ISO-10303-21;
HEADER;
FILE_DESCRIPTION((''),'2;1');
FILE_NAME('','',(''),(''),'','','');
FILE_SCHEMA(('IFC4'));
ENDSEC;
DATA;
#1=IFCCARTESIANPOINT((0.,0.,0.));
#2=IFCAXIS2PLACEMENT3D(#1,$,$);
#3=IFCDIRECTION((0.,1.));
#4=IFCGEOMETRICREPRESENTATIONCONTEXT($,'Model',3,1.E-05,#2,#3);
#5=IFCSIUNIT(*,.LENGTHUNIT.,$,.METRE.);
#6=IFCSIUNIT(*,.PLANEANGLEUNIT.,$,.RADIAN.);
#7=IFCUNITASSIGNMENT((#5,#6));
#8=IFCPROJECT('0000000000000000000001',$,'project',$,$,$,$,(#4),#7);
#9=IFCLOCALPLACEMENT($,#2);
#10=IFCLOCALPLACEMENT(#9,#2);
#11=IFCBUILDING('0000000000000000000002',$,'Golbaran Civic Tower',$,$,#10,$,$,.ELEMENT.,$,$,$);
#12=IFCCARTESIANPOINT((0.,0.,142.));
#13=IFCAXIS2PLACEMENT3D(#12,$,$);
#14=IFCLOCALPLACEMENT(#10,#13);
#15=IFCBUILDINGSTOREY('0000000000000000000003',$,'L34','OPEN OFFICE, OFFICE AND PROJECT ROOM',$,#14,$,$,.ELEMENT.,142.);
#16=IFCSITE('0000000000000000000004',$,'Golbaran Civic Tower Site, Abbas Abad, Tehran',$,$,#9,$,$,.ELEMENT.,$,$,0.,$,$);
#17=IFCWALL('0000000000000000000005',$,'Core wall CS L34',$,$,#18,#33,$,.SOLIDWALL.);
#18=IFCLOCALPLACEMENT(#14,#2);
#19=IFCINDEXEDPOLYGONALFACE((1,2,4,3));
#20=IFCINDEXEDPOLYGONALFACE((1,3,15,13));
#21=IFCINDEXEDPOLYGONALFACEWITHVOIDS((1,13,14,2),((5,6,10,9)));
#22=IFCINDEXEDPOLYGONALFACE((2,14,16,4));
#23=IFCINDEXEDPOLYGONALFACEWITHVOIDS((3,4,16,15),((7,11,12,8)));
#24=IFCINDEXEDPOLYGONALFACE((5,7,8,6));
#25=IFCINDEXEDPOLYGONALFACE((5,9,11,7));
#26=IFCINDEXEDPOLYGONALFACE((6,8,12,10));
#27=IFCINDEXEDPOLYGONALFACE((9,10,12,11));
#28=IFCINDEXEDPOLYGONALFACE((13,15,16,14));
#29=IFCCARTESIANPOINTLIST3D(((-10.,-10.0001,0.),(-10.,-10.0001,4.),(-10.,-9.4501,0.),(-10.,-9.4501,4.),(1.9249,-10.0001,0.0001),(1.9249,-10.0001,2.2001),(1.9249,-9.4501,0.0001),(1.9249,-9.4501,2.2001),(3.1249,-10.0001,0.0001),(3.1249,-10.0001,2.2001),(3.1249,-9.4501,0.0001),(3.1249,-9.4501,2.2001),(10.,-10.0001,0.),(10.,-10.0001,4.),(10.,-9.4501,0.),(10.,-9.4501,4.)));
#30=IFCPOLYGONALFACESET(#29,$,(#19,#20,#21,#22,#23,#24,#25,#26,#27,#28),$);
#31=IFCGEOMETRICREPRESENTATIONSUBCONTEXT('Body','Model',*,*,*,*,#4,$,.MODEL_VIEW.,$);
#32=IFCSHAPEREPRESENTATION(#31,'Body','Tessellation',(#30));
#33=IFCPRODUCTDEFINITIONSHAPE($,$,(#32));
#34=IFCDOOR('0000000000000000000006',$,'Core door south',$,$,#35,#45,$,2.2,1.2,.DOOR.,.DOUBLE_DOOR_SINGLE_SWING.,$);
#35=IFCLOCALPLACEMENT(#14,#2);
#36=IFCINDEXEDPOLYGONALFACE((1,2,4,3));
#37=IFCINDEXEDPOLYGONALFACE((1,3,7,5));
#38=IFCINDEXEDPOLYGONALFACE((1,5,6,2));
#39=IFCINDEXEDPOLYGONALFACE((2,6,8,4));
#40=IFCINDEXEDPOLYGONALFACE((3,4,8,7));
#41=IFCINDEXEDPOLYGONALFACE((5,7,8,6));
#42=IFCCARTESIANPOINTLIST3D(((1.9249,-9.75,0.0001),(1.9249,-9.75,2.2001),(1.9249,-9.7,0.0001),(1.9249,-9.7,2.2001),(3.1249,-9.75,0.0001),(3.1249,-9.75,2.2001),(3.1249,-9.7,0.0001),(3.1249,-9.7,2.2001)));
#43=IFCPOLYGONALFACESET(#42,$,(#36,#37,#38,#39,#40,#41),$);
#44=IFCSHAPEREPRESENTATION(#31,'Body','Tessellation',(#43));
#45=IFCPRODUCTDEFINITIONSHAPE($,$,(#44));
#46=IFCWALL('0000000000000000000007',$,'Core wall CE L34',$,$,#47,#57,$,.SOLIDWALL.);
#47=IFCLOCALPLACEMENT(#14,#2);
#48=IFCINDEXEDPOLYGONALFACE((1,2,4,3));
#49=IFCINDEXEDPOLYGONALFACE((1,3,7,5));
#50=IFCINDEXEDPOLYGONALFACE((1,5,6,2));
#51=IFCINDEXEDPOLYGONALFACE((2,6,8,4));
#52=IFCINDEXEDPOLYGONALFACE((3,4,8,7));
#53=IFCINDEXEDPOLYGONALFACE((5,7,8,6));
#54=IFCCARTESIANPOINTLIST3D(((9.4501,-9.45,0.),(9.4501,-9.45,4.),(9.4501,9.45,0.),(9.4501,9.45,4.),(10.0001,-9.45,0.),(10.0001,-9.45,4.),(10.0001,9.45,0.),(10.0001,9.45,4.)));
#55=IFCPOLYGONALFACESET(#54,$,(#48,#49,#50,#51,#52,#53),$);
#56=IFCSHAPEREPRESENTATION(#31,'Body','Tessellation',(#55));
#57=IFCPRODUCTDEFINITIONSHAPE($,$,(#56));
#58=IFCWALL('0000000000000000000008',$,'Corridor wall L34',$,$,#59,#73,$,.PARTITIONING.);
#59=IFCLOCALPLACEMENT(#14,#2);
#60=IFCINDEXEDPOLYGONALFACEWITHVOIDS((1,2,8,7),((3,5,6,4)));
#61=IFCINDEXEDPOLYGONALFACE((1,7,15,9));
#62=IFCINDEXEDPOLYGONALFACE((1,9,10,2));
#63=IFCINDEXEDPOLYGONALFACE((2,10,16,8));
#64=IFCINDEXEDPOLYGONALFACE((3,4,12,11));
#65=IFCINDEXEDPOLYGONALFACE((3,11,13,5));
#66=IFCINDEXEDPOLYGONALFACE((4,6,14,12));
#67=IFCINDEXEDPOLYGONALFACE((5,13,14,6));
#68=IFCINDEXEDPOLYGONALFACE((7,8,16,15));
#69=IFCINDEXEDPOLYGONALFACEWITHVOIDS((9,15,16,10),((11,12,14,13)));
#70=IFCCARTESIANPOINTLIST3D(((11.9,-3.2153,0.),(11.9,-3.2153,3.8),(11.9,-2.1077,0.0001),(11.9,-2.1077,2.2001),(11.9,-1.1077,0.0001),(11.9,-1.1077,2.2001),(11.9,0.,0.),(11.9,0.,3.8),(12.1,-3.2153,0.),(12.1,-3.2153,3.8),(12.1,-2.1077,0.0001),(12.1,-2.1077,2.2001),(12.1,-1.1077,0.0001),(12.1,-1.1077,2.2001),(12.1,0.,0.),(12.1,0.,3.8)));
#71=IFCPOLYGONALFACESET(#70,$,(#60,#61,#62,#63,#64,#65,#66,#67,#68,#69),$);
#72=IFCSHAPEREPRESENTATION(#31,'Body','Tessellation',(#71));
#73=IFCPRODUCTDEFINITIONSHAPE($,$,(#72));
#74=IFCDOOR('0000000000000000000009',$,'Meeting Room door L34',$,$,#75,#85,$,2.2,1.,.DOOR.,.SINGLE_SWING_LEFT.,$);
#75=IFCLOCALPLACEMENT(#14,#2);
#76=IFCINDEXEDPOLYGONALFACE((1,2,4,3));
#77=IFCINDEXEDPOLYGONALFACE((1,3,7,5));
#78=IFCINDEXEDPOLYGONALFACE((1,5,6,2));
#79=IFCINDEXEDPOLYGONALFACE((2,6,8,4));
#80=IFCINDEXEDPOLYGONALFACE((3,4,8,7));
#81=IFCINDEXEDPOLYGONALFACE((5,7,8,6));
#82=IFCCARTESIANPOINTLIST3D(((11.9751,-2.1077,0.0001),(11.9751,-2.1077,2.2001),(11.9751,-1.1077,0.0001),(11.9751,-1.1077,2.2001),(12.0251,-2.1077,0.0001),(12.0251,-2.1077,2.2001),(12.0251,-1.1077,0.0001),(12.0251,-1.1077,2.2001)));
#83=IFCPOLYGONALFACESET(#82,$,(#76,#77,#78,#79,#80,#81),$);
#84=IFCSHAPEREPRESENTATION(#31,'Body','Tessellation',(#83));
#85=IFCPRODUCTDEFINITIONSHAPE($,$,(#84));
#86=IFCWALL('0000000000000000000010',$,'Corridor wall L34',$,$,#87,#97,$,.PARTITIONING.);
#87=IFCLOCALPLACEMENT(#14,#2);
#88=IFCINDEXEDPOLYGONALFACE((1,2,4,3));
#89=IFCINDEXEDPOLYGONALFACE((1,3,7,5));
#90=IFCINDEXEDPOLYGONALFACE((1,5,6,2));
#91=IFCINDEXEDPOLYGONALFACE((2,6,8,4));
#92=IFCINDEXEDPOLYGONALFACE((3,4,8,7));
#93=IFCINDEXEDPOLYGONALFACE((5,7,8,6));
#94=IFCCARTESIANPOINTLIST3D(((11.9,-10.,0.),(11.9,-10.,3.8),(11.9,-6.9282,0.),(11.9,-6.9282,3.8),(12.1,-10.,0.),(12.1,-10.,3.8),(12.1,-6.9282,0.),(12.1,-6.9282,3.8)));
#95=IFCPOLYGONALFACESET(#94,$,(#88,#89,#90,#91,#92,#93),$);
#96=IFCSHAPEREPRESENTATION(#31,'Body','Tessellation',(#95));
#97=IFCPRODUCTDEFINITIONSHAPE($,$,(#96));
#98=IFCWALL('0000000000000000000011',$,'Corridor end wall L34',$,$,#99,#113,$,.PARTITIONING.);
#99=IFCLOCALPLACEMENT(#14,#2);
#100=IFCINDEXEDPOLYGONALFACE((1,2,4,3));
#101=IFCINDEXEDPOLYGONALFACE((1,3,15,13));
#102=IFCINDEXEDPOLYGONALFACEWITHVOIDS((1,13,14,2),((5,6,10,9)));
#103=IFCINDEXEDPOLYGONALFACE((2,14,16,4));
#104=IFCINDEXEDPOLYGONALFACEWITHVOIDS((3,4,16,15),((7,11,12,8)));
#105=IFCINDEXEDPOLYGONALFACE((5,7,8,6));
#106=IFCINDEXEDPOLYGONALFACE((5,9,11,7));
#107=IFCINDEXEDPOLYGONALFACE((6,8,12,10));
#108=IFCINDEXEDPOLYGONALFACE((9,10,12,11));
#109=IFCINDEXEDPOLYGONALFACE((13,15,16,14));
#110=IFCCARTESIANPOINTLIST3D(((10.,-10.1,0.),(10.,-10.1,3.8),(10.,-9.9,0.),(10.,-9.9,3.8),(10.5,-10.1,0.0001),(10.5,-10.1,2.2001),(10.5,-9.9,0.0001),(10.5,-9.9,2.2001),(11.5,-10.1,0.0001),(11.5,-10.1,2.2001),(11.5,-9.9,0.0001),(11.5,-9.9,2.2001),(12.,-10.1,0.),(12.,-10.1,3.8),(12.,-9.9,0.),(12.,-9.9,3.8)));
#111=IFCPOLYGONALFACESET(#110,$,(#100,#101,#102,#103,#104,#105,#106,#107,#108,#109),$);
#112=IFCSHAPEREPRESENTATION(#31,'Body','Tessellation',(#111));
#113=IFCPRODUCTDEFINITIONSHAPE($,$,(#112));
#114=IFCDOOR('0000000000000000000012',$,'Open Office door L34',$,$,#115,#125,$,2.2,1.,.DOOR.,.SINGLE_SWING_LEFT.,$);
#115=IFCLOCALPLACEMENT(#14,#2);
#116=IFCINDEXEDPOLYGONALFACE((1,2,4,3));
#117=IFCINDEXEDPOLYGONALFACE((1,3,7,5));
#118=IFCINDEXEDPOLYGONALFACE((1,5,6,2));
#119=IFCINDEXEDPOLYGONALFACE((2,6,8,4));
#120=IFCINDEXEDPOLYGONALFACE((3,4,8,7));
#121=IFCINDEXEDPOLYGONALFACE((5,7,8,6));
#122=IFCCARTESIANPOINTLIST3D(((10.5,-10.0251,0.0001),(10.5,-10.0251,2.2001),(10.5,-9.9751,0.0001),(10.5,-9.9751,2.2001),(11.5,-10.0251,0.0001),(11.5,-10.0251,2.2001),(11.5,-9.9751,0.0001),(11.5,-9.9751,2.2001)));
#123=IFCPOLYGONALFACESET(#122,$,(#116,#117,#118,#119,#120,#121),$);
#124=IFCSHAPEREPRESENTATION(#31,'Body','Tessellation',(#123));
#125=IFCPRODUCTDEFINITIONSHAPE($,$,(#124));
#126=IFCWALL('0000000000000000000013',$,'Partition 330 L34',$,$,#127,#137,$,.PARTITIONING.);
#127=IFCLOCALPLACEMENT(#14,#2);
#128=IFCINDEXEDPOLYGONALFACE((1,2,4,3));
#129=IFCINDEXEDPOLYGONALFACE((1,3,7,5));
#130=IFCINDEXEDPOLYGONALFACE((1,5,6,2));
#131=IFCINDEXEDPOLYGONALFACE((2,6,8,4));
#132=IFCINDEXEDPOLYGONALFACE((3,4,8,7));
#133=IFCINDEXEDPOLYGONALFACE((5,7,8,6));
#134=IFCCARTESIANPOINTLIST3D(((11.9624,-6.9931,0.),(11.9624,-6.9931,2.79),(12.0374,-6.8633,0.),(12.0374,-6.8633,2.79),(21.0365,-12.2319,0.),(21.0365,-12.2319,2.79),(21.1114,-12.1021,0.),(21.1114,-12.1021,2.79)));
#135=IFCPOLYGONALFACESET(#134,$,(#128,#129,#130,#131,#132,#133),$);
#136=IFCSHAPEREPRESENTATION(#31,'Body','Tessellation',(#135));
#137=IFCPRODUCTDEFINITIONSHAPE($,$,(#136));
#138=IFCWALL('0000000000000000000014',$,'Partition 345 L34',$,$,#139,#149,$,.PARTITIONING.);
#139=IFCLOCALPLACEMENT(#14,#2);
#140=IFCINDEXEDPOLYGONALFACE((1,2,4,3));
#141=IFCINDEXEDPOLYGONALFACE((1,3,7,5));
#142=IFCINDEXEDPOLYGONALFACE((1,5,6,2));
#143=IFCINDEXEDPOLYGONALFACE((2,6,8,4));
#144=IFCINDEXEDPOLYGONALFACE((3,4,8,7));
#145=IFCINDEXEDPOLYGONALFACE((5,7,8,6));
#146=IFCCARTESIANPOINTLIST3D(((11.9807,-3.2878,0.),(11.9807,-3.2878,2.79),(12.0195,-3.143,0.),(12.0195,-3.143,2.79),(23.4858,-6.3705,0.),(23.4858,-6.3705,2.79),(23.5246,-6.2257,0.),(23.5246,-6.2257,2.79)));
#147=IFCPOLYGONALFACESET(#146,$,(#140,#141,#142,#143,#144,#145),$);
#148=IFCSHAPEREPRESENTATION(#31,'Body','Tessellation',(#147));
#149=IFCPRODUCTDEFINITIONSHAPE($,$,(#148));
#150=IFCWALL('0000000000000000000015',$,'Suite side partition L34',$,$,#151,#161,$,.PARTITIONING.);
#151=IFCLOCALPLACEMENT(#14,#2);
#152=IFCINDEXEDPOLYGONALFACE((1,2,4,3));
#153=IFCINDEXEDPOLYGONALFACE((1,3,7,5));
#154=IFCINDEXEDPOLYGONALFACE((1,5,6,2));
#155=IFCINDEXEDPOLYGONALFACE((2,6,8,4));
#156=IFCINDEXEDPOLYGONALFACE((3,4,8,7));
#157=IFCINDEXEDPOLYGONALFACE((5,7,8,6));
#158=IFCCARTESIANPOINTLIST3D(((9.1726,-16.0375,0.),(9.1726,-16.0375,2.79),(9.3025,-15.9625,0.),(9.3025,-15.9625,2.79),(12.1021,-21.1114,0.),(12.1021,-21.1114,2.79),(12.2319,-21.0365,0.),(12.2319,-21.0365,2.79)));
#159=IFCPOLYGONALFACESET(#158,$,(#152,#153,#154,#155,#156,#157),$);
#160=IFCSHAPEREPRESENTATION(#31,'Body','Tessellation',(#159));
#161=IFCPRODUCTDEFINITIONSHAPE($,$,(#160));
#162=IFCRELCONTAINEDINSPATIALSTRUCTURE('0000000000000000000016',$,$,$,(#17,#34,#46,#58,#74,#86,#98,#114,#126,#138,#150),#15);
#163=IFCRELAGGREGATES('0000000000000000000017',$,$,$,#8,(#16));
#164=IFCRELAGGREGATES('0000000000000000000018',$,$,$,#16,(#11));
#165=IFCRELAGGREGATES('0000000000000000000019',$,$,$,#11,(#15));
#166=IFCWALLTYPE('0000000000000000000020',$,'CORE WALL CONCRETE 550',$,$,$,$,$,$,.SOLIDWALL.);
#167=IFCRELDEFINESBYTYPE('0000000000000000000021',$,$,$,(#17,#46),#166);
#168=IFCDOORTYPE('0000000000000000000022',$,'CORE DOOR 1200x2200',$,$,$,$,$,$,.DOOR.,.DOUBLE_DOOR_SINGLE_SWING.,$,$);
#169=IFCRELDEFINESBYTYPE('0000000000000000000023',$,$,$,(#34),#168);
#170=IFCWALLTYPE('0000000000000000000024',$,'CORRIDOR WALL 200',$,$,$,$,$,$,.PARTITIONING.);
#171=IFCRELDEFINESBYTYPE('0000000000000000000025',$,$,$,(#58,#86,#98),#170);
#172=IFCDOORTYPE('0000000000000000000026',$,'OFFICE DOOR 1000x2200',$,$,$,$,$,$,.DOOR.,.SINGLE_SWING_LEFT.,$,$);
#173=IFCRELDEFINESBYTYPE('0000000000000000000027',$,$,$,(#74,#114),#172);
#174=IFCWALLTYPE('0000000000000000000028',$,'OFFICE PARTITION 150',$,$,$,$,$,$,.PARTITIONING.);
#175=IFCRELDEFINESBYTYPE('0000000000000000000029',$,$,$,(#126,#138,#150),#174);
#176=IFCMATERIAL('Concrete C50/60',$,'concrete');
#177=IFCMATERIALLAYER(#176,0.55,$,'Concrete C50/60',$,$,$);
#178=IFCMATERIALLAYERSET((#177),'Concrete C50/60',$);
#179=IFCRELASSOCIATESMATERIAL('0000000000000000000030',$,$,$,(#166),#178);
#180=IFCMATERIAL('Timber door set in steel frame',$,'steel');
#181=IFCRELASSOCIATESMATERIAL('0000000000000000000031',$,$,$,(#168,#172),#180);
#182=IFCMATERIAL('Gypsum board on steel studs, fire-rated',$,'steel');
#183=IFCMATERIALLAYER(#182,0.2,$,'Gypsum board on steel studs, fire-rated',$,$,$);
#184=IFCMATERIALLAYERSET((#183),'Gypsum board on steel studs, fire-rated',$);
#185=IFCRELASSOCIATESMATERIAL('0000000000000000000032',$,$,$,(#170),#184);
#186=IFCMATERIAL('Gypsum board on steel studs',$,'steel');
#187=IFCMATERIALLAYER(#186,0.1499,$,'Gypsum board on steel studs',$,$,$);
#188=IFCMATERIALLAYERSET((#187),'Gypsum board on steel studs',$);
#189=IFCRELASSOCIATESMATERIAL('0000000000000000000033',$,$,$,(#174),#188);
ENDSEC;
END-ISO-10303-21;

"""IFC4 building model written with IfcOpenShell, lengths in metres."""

from ifc_helpers import new_model, si_unit, direction, frame, frame_2d, origin, place, context, subcontext, project, spatial, rectangle, extrude, material, layer, layer_set, type_object, element, fill, save


model = new_model("IFC4")

# Units and contexts
model_context = context("Model", 3, precision=1e-05, world=origin(), true_north=direction((0.0, 1.0)))
body_context = subcontext(model_context, "Body", "Model", "MODEL_VIEW")
ifc_project = project(units=[si_unit("LENGTHUNIT", "METRE"), si_unit("PLANEANGLEUNIT", "RADIAN")], contexts=[model_context])

# Site, building, storey
site_placement = place(None, origin())
site = spatial("IfcSite", under=ifc_project, at=site_placement, Name="Golbaran Civic Tower Site, Abbas Abad, Tehran", CompositionType="ELEMENT", RefElevation=0.0)
building_placement = place(site_placement, origin())
building = spatial("IfcBuilding", under=site, at=building_placement, Name="Golbaran Civic Tower", CompositionType="ELEMENT")
storey_placement = place(building_placement, frame((0.0, 0.0, 142.0)))
storey = spatial("IfcBuildingStorey", under=building, at=storey_placement, Name="L34", Description="OPEN OFFICE, OFFICE AND PROJECT ROOM", CompositionType="ELEMENT", Elevation=142.0)

# Wall, opening, door
ifc_material_1 = material(Name="Concrete C50/60", Category="concrete")
ifc_layer_1 = layer(ifc_material_1, 0.55, Name="Concrete C50/60")
ifc_layer_set_1 = layer_set([ifc_layer_1], Name="Concrete C50/60")
wall_type_1 = type_object("IfcWallType", Name="CORE WALL CONCRETE 550", PredefinedType="SOLIDWALL", material=ifc_layer_set_1)
wall_1_placement = place(storey_placement, frame((10.0, -9.7251, 0.0), z_axis=(0.0, 0.0, 1.0), x_axis=(-1.0, 0.0, 0.0)))
wall_1 = element("IfcWall", 1, at=wall_1_placement, inside=storey, type_object=wall_type_1, Name="Core wall CS L34", PredefinedType="SOLIDWALL", context=body_context, shape_type="SweptSolid", body=[
    extrude(rectangle(XDim=20.0, YDim=0.55, at=frame_2d((10.0, 0.0))), origin(), (0.0, 0.0, 1.0), 4.0),
])
opening_1_placement = place(wall_1_placement, frame((6.875, 0.0, 0.0)))
opening_1 = element("IfcOpeningElement", 2, at=opening_1_placement, cuts=wall_1, PredefinedType="OPENING", context=body_context, shape_type="SweptSolid", body=[
    extrude(rectangle(XDim=1.2, YDim=2.2, at=frame_2d((0.6001, 1.1001))), frame((0.0, 0.2849, 0.0), z_axis=(0.0, -1.0, 0.0), x_axis=(1.0, 0.0, 0.0)), (0.0, 0.0, 1.0), 0.5701),
])
ifc_material_2 = material(Name="Timber door set in steel frame", Category="steel")
door_type_1 = type_object("IfcDoorType", Name="CORE DOOR 1200x2200", OperationType="DOUBLE_DOOR_SINGLE_SWING", PredefinedType="DOOR", material=ifc_material_2)
door_1_placement = place(opening_1_placement, origin())
door_1 = element("IfcDoor", 3, at=door_1_placement, inside=storey, type_object=door_type_1, Name="Core door south", OperationType="DOUBLE_DOOR_SINGLE_SWING", OverallHeight=2.2, OverallWidth=1.2, PredefinedType="DOOR", context=body_context, shape_type="SweptSolid", body=[
    extrude(rectangle(XDim=1.2, YDim=2.2, at=frame_2d((0.6001, 1.1001))), frame((0.0, 0.0249, 0.0), z_axis=(0.0, -1.0, 0.0), x_axis=(1.0, 0.0, 0.0)), (0.0, 0.0, 1.0), 0.05),
])
fill(opening_1, door_1)

# Wall
wall_2_placement = place(storey_placement, frame((9.7251, -9.45, 0.0), z_axis=(0.0, 0.0, 1.0), x_axis=(0.0, 1.0, 0.0)))
element("IfcWall", 4, at=wall_2_placement, inside=storey, type_object=wall_type_1, Name="Core wall CE L34", PredefinedType="SOLIDWALL", context=body_context, shape_type="SweptSolid", body=[
    extrude(rectangle(XDim=18.8999, YDim=0.55, at=frame_2d((9.45, 0.0))), origin(), (0.0, 0.0, 1.0), 4.0),
])

# Wall, opening, door
ifc_material_3 = material(Name="Gypsum board on steel studs, fire-rated", Category="steel")
ifc_layer_2 = layer(ifc_material_3, 0.2, Name="Gypsum board on steel studs, fire-rated")
ifc_layer_set_2 = layer_set([ifc_layer_2], Name="Gypsum board on steel studs, fire-rated")
wall_type_2 = type_object("IfcWallType", Name="CORRIDOR WALL 200", PredefinedType="PARTITIONING", material=ifc_layer_set_2)
wall_3_placement = place(storey_placement, frame((12.0, -3.2153, 0.0), z_axis=(0.0, 0.0, 1.0), x_axis=(0.0, 1.0, 0.0)))
wall_3 = element("IfcWall", 5, at=wall_3_placement, inside=storey, type_object=wall_type_2, Name="Corridor wall L34", PredefinedType="PARTITIONING", context=body_context, shape_type="SweptSolid", body=[
    extrude(rectangle(XDim=3.2153, YDim=0.2, at=frame_2d((1.6077, 0.0))), origin(), (0.0, 0.0, 1.0), 3.8),
])
opening_2_placement = place(wall_3_placement, frame((1.1077, 0.0, 0.0)))
opening_2 = element("IfcOpeningElement", 6, at=opening_2_placement, cuts=wall_3, PredefinedType="OPENING", context=body_context, shape_type="SweptSolid", body=[
    extrude(rectangle(XDim=1.0, YDim=2.2, at=frame_2d((0.5, 1.1001))), frame((0.0, 0.1099, 0.0), z_axis=(0.0, -1.0, 0.0), x_axis=(1.0, 0.0, 0.0)), (0.0, 0.0, 1.0), 0.22),
])
door_type_2 = type_object("IfcDoorType", Name="OFFICE DOOR 1000x2200", OperationType="SINGLE_SWING_LEFT", PredefinedType="DOOR", material=ifc_material_2)
door_2_placement = place(opening_2_placement, origin())
door_2 = element("IfcDoor", 7, at=door_2_placement, inside=storey, type_object=door_type_2, Name="Meeting Room door L34", OperationType="SINGLE_SWING_LEFT", OverallHeight=2.2, OverallWidth=1.0, PredefinedType="DOOR", context=body_context, shape_type="SweptSolid", body=[
    extrude(rectangle(XDim=1.0, YDim=2.2, at=frame_2d((0.5, 1.1001))), frame((0.0, 0.0249, 0.0), z_axis=(0.0, -1.0, 0.0), x_axis=(1.0, 0.0, 0.0)), (0.0, 0.0, 1.0), 0.05),
])
fill(opening_2, door_2)

# Wall
wall_4_placement = place(storey_placement, frame((12.0, -10.0, 0.0), z_axis=(0.0, 0.0, 1.0), x_axis=(0.0, 1.0, 0.0)))
element("IfcWall", 8, at=wall_4_placement, inside=storey, type_object=wall_type_2, Name="Corridor wall L34", PredefinedType="PARTITIONING", context=body_context, shape_type="SweptSolid", body=[
    extrude(rectangle(XDim=3.0718, YDim=0.2, at=frame_2d((1.5359, 0.0))), origin(), (0.0, 0.0, 1.0), 3.8),
])

# Wall, opening, door
wall_5_placement = place(storey_placement, frame((10.0, -10.0, 0.0), z_axis=(0.0, 0.0, 1.0), x_axis=(1.0, 0.0, 0.0)))
wall_5 = element("IfcWall", 9, at=wall_5_placement, inside=storey, type_object=wall_type_2, Name="Corridor end wall L34", PredefinedType="PARTITIONING", context=body_context, shape_type="SweptSolid", body=[
    extrude(rectangle(XDim=2.0, YDim=0.2, at=frame_2d((1.0, 0.0))), origin(), (0.0, 0.0, 1.0), 3.8),
])
opening_3_placement = place(wall_5_placement, frame((0.5, 0.0, 0.0)))
opening_3 = element("IfcOpeningElement", 10, at=opening_3_placement, cuts=wall_5, PredefinedType="OPENING", context=body_context, shape_type="SweptSolid", body=[
    extrude(rectangle(XDim=1.0, YDim=2.2, at=frame_2d((0.5, 1.1001))), frame((0.0, 0.1099, 0.0), z_axis=(0.0, -1.0, 0.0), x_axis=(1.0, 0.0, 0.0)), (0.0, 0.0, 1.0), 0.22),
])
door_3_placement = place(opening_3_placement, origin())
door_3 = element("IfcDoor", 11, at=door_3_placement, inside=storey, type_object=door_type_2, Name="Open Office door L34", OperationType="SINGLE_SWING_LEFT", OverallHeight=2.2, OverallWidth=1.0, PredefinedType="DOOR", context=body_context, shape_type="SweptSolid", body=[
    extrude(rectangle(XDim=1.0, YDim=2.2, at=frame_2d((0.5, 1.1001))), frame((0.0, 0.0249, 0.0), z_axis=(0.0, -1.0, 0.0), x_axis=(1.0, 0.0, 0.0)), (0.0, 0.0, 1.0), 0.05),
])
fill(opening_3, door_3)

# Walls
ifc_material_4 = material(Name="Gypsum board on steel studs", Category="steel")
ifc_layer_3 = layer(ifc_material_4, 0.1499, Name="Gypsum board on steel studs")
ifc_layer_set_3 = layer_set([ifc_layer_3], Name="Gypsum board on steel studs")
wall_type_3 = type_object("IfcWallType", Name="OFFICE PARTITION 150", PredefinedType="PARTITIONING", material=ifc_layer_set_3)
wall_6_placement = place(storey_placement, frame((12.0, -6.9282, 0.0), z_axis=(0.0, 0.0, 1.0), x_axis=(0.866029, -0.499993, 0.0)))
element("IfcWall", 12, at=wall_6_placement, inside=storey, type_object=wall_type_3, Name="Partition 330 L34", PredefinedType="PARTITIONING", context=body_context, shape_type="SweptSolid", body=[
    extrude(rectangle(XDim=10.4778, YDim=0.1499, at=frame_2d((5.2388, 0.0))), origin(), (0.0, 0.0, 1.0), 2.79),
])
wall_7_placement = place(storey_placement, frame((12.0, -3.2153, 0.0), z_axis=(0.0, 0.0, 1.0), x_axis=(0.965926, -0.258817, 0.0)))
element("IfcWall", 13, at=wall_7_placement, inside=storey, type_object=wall_type_3, Name="Partition 345 L34", PredefinedType="PARTITIONING", context=body_context, shape_type="SweptSolid", body=[
    extrude(rectangle(XDim=11.9109, YDim=0.1499, at=frame_2d((5.9556, 0.0))), origin(), (0.0, 0.0, 1.0), 2.79),
])
wall_8_placement = place(storey_placement, frame((9.2375, -16.0, 0.0), z_axis=(0.0, 0.0, 1.0), x_axis=(0.499998, -0.866027, 0.0)))
element("IfcWall", 14, at=wall_8_placement, inside=storey, type_object=wall_type_3, Name="Suite side partition L34", PredefinedType="PARTITIONING", context=body_context, shape_type="SweptSolid", body=[
    extrude(rectangle(XDim=5.8589, YDim=0.1499, at=frame_2d((2.9294, 0.0))), origin(), (0.0, 0.0, 1.0), 2.79),
])

save(model, "model.ifc")
